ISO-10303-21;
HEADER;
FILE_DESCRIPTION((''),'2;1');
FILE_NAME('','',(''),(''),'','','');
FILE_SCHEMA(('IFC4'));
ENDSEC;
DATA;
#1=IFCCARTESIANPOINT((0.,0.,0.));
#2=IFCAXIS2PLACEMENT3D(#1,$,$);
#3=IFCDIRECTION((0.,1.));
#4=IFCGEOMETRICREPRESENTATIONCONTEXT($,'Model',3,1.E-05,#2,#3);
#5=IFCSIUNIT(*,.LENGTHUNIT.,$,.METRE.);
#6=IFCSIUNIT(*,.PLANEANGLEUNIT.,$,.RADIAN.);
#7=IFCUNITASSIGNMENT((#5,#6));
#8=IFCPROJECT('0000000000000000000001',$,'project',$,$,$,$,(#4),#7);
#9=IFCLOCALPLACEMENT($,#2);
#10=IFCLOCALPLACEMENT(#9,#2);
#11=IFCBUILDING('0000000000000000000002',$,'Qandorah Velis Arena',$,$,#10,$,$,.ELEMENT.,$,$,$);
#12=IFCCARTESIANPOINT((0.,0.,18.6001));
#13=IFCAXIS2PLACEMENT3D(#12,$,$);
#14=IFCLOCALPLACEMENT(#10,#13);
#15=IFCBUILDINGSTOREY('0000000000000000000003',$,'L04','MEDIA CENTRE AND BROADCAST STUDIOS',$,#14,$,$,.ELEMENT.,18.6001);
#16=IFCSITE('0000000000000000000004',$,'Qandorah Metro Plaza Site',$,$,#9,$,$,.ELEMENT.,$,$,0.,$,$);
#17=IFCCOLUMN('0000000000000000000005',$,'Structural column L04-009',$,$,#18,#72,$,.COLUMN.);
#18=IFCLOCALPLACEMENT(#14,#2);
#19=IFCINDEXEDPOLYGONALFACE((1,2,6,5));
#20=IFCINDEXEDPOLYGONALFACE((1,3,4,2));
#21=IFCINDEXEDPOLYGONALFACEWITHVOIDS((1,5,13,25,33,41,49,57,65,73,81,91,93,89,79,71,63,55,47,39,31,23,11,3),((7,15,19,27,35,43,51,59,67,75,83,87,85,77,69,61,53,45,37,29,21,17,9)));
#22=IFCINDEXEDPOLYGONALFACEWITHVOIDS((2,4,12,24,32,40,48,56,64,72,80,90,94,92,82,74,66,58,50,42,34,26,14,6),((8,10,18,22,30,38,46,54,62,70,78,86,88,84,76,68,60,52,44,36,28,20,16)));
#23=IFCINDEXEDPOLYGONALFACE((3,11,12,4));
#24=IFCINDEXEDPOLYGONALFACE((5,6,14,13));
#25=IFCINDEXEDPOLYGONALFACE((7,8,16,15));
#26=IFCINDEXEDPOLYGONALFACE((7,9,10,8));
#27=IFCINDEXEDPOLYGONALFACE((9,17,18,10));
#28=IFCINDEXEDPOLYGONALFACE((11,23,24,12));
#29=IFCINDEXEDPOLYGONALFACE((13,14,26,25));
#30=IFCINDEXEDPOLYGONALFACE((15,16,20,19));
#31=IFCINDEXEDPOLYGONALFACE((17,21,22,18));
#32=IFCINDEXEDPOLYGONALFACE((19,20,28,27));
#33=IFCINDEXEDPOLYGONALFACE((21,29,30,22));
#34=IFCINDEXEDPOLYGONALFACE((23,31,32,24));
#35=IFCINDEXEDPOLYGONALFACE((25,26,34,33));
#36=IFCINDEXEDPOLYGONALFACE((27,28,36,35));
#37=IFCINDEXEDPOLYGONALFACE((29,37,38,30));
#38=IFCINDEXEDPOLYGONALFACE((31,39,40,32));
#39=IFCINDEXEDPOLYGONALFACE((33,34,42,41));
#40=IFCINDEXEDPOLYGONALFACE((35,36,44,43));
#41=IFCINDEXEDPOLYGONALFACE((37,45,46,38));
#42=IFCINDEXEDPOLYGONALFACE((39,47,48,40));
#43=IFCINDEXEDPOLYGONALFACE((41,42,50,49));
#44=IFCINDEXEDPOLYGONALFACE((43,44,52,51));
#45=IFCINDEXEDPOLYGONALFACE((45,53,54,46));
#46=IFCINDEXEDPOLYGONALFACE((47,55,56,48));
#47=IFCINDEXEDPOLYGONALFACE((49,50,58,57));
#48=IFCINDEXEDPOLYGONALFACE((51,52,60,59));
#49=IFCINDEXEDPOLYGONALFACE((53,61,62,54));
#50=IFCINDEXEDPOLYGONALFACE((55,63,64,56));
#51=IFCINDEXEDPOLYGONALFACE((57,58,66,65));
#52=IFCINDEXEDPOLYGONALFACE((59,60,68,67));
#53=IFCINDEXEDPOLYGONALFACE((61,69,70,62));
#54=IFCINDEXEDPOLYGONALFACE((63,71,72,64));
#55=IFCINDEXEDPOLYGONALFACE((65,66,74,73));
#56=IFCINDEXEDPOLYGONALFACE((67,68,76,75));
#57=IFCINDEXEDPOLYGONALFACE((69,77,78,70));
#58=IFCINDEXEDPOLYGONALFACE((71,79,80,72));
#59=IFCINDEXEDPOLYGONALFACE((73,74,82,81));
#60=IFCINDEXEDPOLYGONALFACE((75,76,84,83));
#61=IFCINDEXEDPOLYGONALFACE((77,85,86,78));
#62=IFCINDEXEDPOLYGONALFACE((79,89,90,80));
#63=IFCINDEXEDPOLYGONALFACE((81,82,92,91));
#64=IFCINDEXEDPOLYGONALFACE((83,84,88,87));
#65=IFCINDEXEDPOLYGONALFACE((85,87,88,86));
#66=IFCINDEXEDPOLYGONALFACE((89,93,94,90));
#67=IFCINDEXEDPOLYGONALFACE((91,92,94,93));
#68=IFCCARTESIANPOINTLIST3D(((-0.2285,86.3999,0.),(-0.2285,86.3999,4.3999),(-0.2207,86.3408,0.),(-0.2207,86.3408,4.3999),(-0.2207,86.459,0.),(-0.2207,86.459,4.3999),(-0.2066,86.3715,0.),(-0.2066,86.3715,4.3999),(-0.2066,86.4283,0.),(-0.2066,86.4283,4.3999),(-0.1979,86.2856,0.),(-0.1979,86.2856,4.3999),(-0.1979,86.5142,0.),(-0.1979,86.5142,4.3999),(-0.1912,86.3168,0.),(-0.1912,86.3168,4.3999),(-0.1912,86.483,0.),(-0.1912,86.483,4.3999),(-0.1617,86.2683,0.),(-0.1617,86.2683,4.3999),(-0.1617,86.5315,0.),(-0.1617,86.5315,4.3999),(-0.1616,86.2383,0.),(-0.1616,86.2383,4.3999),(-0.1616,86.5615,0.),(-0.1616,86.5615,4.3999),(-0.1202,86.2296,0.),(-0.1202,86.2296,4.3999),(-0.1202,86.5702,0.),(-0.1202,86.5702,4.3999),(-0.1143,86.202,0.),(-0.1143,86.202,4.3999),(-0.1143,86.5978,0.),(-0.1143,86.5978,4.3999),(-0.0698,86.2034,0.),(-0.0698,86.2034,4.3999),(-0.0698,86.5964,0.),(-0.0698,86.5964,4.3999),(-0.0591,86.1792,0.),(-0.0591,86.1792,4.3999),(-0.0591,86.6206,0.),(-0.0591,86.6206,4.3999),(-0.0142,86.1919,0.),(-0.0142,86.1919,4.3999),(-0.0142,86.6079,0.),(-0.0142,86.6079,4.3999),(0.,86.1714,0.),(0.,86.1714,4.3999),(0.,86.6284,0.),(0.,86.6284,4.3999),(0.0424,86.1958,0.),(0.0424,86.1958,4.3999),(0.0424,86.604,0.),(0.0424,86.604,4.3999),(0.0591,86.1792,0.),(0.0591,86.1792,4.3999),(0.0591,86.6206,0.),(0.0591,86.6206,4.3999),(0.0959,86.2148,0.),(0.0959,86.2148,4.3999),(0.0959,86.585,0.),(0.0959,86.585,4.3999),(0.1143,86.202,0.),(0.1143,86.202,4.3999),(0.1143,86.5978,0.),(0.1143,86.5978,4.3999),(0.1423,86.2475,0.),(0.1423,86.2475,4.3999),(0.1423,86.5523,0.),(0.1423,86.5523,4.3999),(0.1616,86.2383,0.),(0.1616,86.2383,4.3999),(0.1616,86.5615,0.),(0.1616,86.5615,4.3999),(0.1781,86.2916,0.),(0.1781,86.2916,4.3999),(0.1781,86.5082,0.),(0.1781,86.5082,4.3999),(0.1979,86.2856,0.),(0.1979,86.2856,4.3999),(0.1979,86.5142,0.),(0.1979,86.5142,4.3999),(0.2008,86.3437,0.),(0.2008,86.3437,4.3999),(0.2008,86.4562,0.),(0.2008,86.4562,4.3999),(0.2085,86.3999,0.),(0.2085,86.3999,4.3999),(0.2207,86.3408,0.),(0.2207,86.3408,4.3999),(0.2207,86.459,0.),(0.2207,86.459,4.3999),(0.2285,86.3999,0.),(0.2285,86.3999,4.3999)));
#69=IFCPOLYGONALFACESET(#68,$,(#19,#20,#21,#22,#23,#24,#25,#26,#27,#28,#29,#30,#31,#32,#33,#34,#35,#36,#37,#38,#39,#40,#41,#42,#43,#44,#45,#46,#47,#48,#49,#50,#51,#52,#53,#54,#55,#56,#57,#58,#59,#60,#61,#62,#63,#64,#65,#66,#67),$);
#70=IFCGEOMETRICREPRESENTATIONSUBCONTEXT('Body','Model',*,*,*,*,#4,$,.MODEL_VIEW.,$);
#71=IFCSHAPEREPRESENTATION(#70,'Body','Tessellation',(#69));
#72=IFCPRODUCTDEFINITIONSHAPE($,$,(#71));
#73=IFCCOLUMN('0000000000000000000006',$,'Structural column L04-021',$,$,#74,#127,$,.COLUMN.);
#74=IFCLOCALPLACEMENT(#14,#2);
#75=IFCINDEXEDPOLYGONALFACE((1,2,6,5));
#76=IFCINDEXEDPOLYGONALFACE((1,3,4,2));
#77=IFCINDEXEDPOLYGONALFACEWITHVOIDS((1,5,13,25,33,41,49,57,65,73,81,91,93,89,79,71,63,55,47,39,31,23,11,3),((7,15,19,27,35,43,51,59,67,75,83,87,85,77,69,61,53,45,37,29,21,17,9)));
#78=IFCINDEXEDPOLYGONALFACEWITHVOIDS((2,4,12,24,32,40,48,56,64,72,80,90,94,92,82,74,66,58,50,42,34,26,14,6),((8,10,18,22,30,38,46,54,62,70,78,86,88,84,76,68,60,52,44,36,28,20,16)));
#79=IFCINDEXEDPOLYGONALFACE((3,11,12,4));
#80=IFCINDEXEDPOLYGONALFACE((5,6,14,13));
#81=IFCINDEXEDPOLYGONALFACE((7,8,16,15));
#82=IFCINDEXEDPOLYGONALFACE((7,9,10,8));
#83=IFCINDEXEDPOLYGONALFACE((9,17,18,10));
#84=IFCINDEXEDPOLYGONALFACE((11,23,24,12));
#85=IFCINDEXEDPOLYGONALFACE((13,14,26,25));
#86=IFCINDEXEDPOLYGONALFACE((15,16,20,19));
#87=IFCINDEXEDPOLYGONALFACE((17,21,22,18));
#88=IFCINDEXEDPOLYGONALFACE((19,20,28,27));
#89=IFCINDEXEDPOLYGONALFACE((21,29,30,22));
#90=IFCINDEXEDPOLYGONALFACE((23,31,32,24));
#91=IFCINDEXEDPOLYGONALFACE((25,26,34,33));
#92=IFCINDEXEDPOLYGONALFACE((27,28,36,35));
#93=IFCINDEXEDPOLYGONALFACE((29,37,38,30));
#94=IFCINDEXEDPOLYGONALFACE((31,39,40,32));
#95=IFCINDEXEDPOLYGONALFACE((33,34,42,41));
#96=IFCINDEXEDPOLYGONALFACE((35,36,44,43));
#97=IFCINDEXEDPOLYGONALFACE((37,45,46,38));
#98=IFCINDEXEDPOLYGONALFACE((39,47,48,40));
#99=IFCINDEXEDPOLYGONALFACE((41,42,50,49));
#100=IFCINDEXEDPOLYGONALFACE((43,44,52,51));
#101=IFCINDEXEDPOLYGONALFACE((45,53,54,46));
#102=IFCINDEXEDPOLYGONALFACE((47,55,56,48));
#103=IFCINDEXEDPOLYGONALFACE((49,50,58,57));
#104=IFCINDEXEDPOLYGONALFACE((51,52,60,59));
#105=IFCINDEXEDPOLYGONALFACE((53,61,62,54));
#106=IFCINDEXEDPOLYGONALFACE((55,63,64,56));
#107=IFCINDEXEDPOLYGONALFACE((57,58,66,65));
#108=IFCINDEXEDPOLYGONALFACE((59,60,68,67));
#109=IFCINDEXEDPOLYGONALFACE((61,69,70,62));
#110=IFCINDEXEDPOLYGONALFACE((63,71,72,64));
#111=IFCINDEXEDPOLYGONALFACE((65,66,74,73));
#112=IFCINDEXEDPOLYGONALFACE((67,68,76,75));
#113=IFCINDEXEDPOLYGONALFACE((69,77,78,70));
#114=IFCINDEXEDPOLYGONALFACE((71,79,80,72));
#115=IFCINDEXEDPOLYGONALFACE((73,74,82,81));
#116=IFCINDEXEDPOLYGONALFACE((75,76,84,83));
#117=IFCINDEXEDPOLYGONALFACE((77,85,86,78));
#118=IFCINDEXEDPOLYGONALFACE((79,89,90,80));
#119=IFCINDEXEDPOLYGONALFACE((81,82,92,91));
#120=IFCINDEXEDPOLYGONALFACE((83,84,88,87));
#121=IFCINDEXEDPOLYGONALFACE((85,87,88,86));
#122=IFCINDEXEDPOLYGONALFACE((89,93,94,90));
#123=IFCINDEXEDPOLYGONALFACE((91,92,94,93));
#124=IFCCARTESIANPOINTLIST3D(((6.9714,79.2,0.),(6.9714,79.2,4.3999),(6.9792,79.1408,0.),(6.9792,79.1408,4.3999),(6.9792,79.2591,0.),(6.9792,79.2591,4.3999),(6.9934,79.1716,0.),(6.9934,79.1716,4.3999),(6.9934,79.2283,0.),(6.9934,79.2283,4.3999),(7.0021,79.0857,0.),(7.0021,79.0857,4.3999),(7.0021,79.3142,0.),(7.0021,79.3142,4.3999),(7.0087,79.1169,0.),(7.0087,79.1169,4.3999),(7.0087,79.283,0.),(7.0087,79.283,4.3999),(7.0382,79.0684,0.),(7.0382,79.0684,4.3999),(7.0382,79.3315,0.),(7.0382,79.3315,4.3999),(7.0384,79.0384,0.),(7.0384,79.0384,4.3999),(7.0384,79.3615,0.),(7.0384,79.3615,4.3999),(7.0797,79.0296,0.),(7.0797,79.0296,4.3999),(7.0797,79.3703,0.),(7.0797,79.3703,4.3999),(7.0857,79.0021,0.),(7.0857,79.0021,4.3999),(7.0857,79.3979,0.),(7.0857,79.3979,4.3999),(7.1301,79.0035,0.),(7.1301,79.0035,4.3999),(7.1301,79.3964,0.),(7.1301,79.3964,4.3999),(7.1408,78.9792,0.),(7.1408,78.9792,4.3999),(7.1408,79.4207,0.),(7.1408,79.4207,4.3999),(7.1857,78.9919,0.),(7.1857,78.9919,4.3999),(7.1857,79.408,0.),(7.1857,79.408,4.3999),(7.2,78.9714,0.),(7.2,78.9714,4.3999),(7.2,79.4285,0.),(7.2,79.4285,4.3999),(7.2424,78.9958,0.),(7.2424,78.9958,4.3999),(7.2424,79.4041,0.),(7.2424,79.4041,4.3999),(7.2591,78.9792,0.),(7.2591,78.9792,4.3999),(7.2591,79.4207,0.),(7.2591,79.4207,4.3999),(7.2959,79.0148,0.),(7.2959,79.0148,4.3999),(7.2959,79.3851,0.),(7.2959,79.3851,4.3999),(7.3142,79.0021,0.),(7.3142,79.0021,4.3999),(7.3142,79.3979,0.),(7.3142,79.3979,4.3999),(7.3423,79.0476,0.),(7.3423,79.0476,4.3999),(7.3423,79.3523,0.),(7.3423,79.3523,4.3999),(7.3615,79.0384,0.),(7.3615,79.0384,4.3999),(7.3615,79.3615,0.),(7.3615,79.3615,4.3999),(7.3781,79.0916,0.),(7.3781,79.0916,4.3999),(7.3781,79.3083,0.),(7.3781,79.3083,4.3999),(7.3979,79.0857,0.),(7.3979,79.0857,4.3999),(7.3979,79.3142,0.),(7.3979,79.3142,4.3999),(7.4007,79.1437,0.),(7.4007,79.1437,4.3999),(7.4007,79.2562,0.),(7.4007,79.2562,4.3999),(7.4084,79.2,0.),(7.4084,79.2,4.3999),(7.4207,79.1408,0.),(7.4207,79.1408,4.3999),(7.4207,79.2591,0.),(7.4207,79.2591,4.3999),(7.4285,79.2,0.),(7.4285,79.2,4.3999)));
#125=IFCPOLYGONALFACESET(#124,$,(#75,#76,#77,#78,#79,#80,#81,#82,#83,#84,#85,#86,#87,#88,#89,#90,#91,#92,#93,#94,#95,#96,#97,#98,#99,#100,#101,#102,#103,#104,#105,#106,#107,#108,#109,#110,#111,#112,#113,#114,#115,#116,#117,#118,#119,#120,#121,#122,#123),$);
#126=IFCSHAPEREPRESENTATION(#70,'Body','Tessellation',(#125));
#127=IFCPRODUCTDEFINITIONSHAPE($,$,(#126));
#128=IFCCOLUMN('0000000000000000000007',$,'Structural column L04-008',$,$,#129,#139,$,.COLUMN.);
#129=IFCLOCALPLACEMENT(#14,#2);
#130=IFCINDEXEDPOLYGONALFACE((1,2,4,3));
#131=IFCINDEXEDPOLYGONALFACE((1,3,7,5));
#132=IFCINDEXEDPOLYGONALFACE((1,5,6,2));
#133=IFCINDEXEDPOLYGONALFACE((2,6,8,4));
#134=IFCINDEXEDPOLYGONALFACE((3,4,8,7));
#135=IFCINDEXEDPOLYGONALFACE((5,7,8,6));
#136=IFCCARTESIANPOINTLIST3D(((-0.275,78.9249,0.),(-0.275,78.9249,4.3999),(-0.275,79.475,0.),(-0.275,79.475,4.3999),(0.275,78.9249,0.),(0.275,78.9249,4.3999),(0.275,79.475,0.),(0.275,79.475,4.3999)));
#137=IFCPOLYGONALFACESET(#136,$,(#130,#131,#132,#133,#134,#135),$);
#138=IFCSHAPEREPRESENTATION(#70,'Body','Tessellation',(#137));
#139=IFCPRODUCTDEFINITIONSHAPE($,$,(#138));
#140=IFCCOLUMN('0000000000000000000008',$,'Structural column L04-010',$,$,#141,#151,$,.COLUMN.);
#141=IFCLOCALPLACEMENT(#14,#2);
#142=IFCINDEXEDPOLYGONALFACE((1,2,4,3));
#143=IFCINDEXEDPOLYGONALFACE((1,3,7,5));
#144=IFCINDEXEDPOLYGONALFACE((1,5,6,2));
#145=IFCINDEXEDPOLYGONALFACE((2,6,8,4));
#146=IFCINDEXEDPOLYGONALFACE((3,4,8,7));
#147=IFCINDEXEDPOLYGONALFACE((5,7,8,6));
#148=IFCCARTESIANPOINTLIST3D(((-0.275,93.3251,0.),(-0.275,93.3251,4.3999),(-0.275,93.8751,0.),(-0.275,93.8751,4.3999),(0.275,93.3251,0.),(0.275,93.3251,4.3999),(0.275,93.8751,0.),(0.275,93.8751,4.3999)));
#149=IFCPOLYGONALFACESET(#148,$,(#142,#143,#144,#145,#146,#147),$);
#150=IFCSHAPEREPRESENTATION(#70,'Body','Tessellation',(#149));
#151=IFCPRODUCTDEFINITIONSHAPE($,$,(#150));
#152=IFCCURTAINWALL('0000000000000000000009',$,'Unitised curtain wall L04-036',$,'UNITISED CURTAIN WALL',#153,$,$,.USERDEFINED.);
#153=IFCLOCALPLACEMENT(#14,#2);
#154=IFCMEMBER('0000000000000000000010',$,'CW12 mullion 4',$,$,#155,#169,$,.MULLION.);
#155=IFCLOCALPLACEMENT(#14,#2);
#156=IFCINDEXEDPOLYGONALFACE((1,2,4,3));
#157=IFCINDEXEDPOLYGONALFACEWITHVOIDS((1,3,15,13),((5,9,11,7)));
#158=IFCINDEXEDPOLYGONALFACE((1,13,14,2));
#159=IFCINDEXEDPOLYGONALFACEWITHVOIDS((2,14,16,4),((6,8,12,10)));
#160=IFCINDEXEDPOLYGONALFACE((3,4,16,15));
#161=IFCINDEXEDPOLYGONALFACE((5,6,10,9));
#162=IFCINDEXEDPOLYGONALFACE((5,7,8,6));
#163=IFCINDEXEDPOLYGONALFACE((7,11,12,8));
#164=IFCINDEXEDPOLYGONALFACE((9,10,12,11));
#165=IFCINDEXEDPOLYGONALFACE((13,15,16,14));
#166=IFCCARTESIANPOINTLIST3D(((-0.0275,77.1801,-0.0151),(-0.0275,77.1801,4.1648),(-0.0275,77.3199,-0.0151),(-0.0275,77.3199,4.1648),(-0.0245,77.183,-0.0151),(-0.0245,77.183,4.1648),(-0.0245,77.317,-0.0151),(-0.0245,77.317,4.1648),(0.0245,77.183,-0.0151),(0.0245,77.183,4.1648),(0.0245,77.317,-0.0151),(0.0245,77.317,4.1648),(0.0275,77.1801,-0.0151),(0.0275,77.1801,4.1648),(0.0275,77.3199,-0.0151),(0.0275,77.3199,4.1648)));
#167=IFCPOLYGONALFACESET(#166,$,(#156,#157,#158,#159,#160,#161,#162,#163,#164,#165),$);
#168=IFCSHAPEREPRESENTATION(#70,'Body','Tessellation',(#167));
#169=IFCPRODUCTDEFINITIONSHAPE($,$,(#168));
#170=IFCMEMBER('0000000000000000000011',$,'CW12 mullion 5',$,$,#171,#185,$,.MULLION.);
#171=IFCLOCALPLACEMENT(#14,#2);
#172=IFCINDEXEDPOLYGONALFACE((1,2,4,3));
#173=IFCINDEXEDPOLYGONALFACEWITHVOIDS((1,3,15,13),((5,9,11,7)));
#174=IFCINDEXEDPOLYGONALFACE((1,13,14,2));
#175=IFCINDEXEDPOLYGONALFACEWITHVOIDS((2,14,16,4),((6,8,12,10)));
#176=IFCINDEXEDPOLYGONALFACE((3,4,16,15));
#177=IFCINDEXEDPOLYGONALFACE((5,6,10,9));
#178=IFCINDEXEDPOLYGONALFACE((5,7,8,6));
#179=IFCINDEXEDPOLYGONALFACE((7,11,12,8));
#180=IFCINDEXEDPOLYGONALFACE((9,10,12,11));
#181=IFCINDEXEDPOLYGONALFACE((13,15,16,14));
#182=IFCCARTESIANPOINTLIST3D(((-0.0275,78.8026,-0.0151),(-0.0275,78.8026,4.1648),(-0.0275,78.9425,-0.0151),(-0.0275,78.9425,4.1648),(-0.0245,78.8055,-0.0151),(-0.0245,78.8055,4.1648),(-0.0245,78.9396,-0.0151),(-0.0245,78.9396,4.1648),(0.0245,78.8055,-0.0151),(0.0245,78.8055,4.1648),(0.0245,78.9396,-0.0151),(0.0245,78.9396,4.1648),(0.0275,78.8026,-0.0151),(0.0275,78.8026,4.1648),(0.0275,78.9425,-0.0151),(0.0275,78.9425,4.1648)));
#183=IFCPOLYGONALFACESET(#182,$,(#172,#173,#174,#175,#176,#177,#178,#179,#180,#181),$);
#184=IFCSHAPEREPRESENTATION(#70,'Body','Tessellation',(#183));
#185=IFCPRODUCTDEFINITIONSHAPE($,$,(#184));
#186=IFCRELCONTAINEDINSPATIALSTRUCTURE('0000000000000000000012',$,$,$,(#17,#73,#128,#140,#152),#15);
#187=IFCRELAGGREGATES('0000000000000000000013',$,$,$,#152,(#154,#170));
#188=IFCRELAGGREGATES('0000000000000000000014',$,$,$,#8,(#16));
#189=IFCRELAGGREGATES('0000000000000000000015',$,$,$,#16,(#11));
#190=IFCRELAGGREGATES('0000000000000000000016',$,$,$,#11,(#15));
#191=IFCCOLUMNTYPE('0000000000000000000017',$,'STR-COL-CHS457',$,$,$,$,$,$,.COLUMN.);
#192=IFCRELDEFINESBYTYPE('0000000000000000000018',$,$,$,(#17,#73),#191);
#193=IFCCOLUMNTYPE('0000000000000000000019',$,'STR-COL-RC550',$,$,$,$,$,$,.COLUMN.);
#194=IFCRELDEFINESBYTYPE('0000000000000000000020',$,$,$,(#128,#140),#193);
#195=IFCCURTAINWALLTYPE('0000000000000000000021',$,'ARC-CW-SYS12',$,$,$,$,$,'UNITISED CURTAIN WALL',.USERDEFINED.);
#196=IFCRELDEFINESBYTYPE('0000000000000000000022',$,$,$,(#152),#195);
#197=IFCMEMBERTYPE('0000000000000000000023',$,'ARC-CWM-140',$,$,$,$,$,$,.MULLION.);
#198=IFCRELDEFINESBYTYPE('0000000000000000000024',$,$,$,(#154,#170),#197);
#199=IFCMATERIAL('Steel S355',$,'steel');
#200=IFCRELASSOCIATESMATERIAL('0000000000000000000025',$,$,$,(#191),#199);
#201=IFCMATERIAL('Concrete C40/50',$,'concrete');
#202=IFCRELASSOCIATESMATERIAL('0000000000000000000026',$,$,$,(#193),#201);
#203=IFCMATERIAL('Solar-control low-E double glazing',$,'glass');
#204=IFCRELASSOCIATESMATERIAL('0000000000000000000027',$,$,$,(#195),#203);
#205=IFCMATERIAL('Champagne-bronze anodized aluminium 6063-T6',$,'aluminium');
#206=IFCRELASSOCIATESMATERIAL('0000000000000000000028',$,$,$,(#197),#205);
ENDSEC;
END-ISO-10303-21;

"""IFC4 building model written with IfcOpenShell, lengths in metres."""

from ifc_helpers import new_model, si_unit, direction, frame, origin, origin_2d, place, context, subcontext, project, spatial, rectangle, hollow_rectangle, hollow_circle, extrude, material, material_profile, profile_set, type_object, element, aggregate, save


model = new_model("IFC4")

# Units and contexts
model_context = context("Model", 3, precision=1e-05, world=origin(), true_north=direction((0.0, 1.0)))
body_context = subcontext(model_context, "Body", "Model", "MODEL_VIEW")
ifc_project = project(units=[si_unit("LENGTHUNIT", "METRE"), si_unit("PLANEANGLEUNIT", "RADIAN")], contexts=[model_context])

# Site, building, storey
site_placement = place(None, origin())
site = spatial("IfcSite", under=ifc_project, at=site_placement, Name="Qandorah Metro Plaza Site", CompositionType="ELEMENT", RefElevation=0.0)
building_placement = place(site_placement, origin())
building = spatial("IfcBuilding", under=site, at=building_placement, Name="Qandorah Velis Arena", CompositionType="ELEMENT")
storey_placement = place(building_placement, frame((0.0, 0.0, 18.6001)))
storey = spatial("IfcBuildingStorey", under=building, at=storey_placement, Name="L04", Description="MEDIA CENTRE AND BROADCAST STUDIOS", CompositionType="ELEMENT", Elevation=18.6001)

# Columns
ifc_material_1 = material(Name="Steel S355", Category="steel")
ifc_material_profile_1 = material_profile(ifc_material_1, hollow_circle(Radius=0.2285, WallThickness=0.02, at=origin_2d()), Name="CHS 457x20")
ifc_profile_set_1 = profile_set([ifc_material_profile_1], Name="Steel S355")
column_type_1 = type_object("IfcColumnType", Name="STR-COL-CHS457", PredefinedType="COLUMN", material=ifc_profile_set_1)
for number, where, z_axis, x_axis, name in (
    (1, (0.0, 86.3999, 0.0), (0.0, 0.0, 1.0), (1.0, 0.0, 0.0), "Structural column L04-009"),
    (2, (7.2, 79.2, 0.0), (0.0, 0.0, 1.0), (1.0, 0.0, 0.0), "Structural column L04-021"),
):
    element("IfcColumn", number, at=place(storey_placement, frame(where, z_axis=z_axis, x_axis=x_axis)), inside=storey, type_object=column_type_1, Name=name, PredefinedType="COLUMN", context=body_context, shape_type="SweptSolid", body=[
        extrude(hollow_circle(Radius=0.2285, WallThickness=0.02, at=origin_2d()), origin(), (0.0, 0.0, 1.0), 4.3999),
    ])
ifc_material_2 = material(Name="Concrete C40/50", Category="concrete")
ifc_material_profile_2 = material_profile(ifc_material_2, rectangle(XDim=0.55, YDim=0.55, at=origin_2d()), Name="RC COL 550x550")
ifc_profile_set_2 = profile_set([ifc_material_profile_2], Name="Concrete C40/50")
column_type_2 = type_object("IfcColumnType", Name="STR-COL-RC550", PredefinedType="COLUMN", material=ifc_profile_set_2)
for number, where, z_axis, x_axis, name in (
    (3, (0.0, 79.2, 0.0), (0.0, 0.0, 1.0), (1.0, 0.0, 0.0), "Structural column L04-008"),
    (4, (0.0, 93.6001, 0.0), (0.0, 0.0, 1.0), (1.0, 0.0, 0.0), "Structural column L04-010"),
):
    element("IfcColumn", number, at=place(storey_placement, frame(where, z_axis=z_axis, x_axis=x_axis)), inside=storey, type_object=column_type_2, Name=name, PredefinedType="COLUMN", context=body_context, shape_type="SweptSolid", body=[
        extrude(rectangle(XDim=0.55, YDim=0.55, at=origin_2d()), origin(), (0.0, 0.0, 1.0), 4.3999),
    ])

# Curtain wall, members
ifc_material_3 = material(Name="Solar-control low-E double glazing", Category="glass")
curtain_wall_type = type_object("IfcCurtainWallType", Name="ARC-CW-SYS12", ElementType="UNITISED CURTAIN WALL", PredefinedType="USERDEFINED", material=ifc_material_3)
curtain_wall_placement = place(storey_placement, origin())
curtain_wall = element("IfcCurtainWall", 5, at=curtain_wall_placement, inside=storey, type_object=curtain_wall_type, Name="Unitised curtain wall L04-036", ObjectType="UNITISED CURTAIN WALL", PredefinedType="USERDEFINED")
ifc_material_4 = material(Name="Champagne-bronze anodized aluminium 6063-T6", Category="aluminium")
ifc_material_profile_3 = material_profile(ifc_material_4, hollow_rectangle(XDim=0.0549, YDim=0.1399, WallThickness=0.0029, at=origin_2d()), Name="ALU MULLION 55x140")
ifc_profile_set_3 = profile_set([ifc_material_profile_3], Name="Champagne-bronze anodized aluminium 6063-T6")
member_type_1 = type_object("IfcMemberType", Name="ARC-CWM-140", PredefinedType="MULLION", material=ifc_profile_set_3)
member_1_placement = place(storey_placement, frame((0.0, 77.25, -0.0151), z_axis=(0.0, 0.0, 1.0), x_axis=(-1.0, 0.0, 0.0)))
member_1 = element("IfcMember", 6, at=member_1_placement, type_object=member_type_1, Name="CW12 mullion 4", PredefinedType="MULLION", context=body_context, shape_type="SweptSolid", body=[
    extrude(hollow_rectangle(XDim=0.0549, YDim=0.1399, WallThickness=0.0029, at=origin_2d()), origin(), (0.0, 0.0, 1.0), 4.1799),
])
member_2_placement = place(storey_placement, frame((0.0, 78.8726, -0.0151), z_axis=(0.0, 0.0, 1.0), x_axis=(-1.0, 0.0, 0.0)))
member_2 = element("IfcMember", 7, at=member_2_placement, type_object=member_type_1, Name="CW12 mullion 5", PredefinedType="MULLION", context=body_context, shape_type="SweptSolid", body=[
    extrude(hollow_rectangle(XDim=0.0549, YDim=0.1399, WallThickness=0.0029, at=origin_2d()), origin(), (0.0, 0.0, 1.0), 4.1799),
])

aggregate(curtain_wall, [member_1, member_2])

save(model, "model.ifc")
